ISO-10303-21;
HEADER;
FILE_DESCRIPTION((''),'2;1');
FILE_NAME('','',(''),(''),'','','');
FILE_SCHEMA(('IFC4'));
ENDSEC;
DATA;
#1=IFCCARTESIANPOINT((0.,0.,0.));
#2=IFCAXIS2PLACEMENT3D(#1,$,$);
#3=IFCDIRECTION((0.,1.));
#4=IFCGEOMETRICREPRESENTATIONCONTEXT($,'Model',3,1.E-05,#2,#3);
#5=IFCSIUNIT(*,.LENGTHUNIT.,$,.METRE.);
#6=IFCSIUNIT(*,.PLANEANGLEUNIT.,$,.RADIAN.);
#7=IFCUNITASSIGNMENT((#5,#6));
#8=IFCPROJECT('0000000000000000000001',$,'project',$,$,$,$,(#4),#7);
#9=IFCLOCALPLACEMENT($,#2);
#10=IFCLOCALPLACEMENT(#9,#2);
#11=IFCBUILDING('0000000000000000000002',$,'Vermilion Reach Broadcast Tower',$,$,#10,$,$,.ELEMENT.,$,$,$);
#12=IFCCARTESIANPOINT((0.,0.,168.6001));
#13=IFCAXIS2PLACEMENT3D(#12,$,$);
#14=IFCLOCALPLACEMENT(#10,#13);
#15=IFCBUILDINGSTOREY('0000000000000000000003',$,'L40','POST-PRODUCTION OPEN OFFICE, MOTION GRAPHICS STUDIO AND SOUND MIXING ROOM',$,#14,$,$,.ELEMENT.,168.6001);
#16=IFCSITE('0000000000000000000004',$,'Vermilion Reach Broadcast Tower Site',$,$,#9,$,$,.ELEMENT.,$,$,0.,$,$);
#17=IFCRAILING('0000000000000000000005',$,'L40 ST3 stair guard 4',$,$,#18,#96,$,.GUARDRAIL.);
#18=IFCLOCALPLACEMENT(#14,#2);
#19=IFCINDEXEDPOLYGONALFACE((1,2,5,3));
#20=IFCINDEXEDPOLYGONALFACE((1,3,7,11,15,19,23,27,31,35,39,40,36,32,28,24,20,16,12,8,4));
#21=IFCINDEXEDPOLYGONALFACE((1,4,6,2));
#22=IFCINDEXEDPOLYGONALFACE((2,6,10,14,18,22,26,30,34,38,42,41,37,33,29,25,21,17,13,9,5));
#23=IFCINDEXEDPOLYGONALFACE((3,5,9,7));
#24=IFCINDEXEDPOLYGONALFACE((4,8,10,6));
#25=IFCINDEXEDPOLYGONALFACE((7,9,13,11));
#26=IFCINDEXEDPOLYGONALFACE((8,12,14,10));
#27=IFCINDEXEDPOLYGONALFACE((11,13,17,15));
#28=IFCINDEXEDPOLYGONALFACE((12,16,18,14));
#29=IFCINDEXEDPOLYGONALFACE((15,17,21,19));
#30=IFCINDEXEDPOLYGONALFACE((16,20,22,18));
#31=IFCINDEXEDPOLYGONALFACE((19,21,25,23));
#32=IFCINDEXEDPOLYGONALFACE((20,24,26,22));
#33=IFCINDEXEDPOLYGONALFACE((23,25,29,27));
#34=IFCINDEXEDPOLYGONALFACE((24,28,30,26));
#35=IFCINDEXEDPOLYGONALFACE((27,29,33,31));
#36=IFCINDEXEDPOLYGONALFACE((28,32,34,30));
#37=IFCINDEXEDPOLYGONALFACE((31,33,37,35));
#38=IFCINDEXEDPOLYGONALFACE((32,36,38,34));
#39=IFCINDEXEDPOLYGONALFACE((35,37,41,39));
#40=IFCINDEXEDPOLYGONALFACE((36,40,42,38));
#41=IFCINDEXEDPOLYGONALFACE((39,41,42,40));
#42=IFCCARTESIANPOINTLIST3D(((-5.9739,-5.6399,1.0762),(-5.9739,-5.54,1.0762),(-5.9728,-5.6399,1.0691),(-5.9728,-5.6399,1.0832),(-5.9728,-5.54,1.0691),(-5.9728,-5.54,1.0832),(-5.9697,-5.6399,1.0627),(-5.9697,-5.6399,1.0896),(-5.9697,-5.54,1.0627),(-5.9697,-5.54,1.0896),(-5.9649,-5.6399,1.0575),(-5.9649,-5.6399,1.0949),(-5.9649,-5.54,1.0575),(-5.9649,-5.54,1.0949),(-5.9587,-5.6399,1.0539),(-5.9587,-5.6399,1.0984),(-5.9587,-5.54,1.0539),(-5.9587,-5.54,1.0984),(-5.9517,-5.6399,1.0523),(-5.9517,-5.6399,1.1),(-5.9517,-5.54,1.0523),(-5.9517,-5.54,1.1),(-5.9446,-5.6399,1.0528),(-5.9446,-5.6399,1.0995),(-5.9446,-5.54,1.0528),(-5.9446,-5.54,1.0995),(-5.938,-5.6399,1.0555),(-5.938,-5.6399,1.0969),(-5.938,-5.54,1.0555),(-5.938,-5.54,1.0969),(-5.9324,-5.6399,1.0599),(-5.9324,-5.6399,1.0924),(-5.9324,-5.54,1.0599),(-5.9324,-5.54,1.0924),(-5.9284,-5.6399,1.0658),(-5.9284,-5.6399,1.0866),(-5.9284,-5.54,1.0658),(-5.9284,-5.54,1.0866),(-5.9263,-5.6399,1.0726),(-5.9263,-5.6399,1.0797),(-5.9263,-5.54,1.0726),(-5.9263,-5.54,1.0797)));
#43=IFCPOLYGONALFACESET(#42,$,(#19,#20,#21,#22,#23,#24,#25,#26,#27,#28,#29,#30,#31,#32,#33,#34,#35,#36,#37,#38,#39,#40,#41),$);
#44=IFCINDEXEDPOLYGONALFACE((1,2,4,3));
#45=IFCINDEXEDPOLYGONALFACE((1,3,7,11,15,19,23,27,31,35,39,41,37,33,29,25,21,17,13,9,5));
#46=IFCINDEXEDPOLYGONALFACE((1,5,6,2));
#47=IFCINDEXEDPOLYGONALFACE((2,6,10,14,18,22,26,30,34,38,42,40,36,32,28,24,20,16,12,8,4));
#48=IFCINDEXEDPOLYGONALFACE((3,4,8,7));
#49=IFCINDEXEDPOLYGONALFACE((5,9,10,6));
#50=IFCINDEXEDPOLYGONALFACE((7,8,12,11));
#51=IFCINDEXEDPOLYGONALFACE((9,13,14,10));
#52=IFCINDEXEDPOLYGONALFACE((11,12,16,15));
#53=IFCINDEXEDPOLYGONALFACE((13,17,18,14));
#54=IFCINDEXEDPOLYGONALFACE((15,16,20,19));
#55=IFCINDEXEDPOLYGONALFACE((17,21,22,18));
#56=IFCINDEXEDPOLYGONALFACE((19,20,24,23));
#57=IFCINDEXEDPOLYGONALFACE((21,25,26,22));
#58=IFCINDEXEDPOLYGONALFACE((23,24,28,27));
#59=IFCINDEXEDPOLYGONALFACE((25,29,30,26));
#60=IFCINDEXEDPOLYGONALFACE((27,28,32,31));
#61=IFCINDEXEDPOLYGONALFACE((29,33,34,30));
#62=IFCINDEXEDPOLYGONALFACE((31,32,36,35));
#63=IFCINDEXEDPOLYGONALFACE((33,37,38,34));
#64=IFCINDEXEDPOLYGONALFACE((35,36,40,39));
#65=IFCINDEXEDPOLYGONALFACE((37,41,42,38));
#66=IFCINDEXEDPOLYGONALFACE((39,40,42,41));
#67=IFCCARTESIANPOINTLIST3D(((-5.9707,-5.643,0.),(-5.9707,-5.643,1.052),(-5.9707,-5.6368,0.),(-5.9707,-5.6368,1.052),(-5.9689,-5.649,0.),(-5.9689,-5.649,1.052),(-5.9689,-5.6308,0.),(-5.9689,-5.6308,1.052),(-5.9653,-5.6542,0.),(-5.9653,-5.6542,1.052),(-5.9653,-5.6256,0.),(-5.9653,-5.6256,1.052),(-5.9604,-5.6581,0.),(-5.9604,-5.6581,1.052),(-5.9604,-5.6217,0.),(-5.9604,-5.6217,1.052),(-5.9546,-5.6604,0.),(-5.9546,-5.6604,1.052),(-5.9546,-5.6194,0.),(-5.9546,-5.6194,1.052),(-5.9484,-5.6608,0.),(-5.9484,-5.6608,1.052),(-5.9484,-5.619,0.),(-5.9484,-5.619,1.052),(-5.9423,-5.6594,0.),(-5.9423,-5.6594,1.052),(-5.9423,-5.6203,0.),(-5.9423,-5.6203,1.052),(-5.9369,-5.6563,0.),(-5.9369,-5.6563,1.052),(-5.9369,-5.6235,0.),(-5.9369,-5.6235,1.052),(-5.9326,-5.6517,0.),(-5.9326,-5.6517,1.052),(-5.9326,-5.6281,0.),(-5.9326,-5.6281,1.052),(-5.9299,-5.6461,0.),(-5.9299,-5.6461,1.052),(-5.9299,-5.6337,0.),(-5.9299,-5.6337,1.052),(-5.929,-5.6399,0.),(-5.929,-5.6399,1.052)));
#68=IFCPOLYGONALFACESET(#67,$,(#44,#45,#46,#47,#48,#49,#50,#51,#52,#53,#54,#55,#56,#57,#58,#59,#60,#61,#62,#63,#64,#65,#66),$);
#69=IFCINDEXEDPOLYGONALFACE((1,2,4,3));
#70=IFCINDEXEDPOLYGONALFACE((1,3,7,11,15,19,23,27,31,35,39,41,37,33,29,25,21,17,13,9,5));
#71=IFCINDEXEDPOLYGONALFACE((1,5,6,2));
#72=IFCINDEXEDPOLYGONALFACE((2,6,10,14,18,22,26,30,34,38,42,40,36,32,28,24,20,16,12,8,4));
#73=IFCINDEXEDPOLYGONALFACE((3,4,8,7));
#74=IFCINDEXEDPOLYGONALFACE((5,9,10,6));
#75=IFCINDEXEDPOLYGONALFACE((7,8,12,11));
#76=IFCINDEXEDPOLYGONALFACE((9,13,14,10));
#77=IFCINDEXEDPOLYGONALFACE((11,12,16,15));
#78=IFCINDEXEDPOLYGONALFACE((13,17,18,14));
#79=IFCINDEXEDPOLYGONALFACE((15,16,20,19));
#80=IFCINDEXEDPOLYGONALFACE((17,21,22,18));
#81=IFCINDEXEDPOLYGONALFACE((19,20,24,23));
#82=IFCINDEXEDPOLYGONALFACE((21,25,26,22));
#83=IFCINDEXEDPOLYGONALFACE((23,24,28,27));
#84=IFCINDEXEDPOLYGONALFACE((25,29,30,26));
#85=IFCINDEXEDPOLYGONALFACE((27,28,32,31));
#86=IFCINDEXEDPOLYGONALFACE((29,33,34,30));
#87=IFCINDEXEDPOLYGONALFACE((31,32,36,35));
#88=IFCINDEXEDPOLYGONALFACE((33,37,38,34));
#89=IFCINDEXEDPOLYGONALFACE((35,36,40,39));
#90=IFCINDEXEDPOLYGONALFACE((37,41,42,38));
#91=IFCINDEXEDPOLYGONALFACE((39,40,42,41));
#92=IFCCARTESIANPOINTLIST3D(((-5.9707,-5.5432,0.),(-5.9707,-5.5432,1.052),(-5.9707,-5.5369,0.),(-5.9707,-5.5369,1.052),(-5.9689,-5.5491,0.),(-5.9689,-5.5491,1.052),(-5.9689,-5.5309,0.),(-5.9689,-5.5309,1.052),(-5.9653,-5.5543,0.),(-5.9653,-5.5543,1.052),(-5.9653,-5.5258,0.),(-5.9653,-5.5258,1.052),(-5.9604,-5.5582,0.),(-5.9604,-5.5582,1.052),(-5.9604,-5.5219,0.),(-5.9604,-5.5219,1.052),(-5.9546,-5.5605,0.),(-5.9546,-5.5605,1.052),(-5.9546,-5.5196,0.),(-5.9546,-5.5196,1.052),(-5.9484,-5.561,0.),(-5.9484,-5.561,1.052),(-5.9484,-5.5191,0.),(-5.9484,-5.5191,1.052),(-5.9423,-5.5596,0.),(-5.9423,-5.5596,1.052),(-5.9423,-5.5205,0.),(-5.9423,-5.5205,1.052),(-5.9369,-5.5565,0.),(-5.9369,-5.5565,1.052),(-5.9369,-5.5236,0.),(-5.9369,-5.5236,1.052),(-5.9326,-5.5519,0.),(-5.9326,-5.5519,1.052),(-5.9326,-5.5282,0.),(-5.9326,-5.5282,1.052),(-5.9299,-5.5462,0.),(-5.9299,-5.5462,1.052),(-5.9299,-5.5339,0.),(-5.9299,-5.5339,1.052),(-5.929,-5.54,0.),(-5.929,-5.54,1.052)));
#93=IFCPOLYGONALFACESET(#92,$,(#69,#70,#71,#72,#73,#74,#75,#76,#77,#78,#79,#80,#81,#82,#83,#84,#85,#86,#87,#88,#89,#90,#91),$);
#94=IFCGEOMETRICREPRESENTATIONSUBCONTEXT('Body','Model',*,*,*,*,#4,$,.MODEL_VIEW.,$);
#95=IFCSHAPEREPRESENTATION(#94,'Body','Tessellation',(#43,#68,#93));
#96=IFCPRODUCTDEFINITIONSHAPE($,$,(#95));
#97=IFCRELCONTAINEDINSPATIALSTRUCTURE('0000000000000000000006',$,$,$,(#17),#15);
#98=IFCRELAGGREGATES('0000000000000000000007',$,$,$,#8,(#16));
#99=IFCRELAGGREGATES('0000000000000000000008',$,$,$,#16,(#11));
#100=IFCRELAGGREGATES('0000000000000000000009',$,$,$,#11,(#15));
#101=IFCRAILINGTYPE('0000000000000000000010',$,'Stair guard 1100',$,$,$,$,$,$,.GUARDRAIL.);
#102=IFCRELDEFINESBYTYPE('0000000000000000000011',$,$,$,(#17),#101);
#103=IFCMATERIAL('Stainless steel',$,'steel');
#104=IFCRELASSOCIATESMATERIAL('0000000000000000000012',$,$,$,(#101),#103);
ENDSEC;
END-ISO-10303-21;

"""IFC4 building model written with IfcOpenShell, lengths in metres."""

from ifc_helpers import new_model, si_unit, direction, frame, origin, origin_2d, place, context, subcontext, project, spatial, circle, extrude, material, type_object, element, save


model = new_model("IFC4")

# Units and contexts
model_context = context("Model", 3, precision=1e-05, world=origin(), true_north=direction((0.0, 1.0)))
body_context = subcontext(model_context, "Body", "Model", "MODEL_VIEW")
ifc_project = project(units=[si_unit("LENGTHUNIT", "METRE"), si_unit("PLANEANGLEUNIT", "RADIAN")], contexts=[model_context])

# Site, building, storey
site_placement = place(None, origin())
site = spatial("IfcSite", under=ifc_project, at=site_placement, Name="Vermilion Reach Broadcast Tower Site", CompositionType="ELEMENT", RefElevation=0.0)
building_placement = place(site_placement, origin())
building = spatial("IfcBuilding", under=site, at=building_placement, Name="Vermilion Reach Broadcast Tower", CompositionType="ELEMENT")
storey_placement = place(building_placement, frame((0.0, 0.0, 168.6001)))
storey = spatial("IfcBuildingStorey", under=building, at=storey_placement, Name="L40", Description="POST-PRODUCTION OPEN OFFICE, MOTION GRAPHICS STUDIO AND SOUND MIXING ROOM", CompositionType="ELEMENT", Elevation=168.6001)

# Railing
ifc_material_1 = material(Name="Stainless steel", Category="steel")
railing_type = type_object("IfcRailingType", Name="Stair guard 1100", PredefinedType="GUARDRAIL", material=ifc_material_1)
railing_placement = place(storey_placement, frame((-5.95, -5.6399, 0.0)))
element("IfcRailing", 1, at=railing_placement, inside=storey, type_object=railing_type, Name="L40 ST3 stair guard 4", PredefinedType="GUARDRAIL", context=body_context, shape_type="SweptSolid", body=[
    extrude(circle(Radius=0.0239, at=origin_2d()), frame((0.0, 0.0, 1.0762), z_axis=(0.0, 1.0, 0.0), x_axis=(-1.0, 0.0, 0.0)), (0.0, 0.0, 1.0), 0.0999),
    extrude(circle(Radius=0.021, at=origin_2d()), origin(), (0.0, 0.0, 1.0), 1.052),
    extrude(circle(Radius=0.021, at=origin_2d()), frame((0.0, 0.0999, 0.0)), (0.0, 0.0, 1.0), 1.052),
])

save(model, "model.ifc")
